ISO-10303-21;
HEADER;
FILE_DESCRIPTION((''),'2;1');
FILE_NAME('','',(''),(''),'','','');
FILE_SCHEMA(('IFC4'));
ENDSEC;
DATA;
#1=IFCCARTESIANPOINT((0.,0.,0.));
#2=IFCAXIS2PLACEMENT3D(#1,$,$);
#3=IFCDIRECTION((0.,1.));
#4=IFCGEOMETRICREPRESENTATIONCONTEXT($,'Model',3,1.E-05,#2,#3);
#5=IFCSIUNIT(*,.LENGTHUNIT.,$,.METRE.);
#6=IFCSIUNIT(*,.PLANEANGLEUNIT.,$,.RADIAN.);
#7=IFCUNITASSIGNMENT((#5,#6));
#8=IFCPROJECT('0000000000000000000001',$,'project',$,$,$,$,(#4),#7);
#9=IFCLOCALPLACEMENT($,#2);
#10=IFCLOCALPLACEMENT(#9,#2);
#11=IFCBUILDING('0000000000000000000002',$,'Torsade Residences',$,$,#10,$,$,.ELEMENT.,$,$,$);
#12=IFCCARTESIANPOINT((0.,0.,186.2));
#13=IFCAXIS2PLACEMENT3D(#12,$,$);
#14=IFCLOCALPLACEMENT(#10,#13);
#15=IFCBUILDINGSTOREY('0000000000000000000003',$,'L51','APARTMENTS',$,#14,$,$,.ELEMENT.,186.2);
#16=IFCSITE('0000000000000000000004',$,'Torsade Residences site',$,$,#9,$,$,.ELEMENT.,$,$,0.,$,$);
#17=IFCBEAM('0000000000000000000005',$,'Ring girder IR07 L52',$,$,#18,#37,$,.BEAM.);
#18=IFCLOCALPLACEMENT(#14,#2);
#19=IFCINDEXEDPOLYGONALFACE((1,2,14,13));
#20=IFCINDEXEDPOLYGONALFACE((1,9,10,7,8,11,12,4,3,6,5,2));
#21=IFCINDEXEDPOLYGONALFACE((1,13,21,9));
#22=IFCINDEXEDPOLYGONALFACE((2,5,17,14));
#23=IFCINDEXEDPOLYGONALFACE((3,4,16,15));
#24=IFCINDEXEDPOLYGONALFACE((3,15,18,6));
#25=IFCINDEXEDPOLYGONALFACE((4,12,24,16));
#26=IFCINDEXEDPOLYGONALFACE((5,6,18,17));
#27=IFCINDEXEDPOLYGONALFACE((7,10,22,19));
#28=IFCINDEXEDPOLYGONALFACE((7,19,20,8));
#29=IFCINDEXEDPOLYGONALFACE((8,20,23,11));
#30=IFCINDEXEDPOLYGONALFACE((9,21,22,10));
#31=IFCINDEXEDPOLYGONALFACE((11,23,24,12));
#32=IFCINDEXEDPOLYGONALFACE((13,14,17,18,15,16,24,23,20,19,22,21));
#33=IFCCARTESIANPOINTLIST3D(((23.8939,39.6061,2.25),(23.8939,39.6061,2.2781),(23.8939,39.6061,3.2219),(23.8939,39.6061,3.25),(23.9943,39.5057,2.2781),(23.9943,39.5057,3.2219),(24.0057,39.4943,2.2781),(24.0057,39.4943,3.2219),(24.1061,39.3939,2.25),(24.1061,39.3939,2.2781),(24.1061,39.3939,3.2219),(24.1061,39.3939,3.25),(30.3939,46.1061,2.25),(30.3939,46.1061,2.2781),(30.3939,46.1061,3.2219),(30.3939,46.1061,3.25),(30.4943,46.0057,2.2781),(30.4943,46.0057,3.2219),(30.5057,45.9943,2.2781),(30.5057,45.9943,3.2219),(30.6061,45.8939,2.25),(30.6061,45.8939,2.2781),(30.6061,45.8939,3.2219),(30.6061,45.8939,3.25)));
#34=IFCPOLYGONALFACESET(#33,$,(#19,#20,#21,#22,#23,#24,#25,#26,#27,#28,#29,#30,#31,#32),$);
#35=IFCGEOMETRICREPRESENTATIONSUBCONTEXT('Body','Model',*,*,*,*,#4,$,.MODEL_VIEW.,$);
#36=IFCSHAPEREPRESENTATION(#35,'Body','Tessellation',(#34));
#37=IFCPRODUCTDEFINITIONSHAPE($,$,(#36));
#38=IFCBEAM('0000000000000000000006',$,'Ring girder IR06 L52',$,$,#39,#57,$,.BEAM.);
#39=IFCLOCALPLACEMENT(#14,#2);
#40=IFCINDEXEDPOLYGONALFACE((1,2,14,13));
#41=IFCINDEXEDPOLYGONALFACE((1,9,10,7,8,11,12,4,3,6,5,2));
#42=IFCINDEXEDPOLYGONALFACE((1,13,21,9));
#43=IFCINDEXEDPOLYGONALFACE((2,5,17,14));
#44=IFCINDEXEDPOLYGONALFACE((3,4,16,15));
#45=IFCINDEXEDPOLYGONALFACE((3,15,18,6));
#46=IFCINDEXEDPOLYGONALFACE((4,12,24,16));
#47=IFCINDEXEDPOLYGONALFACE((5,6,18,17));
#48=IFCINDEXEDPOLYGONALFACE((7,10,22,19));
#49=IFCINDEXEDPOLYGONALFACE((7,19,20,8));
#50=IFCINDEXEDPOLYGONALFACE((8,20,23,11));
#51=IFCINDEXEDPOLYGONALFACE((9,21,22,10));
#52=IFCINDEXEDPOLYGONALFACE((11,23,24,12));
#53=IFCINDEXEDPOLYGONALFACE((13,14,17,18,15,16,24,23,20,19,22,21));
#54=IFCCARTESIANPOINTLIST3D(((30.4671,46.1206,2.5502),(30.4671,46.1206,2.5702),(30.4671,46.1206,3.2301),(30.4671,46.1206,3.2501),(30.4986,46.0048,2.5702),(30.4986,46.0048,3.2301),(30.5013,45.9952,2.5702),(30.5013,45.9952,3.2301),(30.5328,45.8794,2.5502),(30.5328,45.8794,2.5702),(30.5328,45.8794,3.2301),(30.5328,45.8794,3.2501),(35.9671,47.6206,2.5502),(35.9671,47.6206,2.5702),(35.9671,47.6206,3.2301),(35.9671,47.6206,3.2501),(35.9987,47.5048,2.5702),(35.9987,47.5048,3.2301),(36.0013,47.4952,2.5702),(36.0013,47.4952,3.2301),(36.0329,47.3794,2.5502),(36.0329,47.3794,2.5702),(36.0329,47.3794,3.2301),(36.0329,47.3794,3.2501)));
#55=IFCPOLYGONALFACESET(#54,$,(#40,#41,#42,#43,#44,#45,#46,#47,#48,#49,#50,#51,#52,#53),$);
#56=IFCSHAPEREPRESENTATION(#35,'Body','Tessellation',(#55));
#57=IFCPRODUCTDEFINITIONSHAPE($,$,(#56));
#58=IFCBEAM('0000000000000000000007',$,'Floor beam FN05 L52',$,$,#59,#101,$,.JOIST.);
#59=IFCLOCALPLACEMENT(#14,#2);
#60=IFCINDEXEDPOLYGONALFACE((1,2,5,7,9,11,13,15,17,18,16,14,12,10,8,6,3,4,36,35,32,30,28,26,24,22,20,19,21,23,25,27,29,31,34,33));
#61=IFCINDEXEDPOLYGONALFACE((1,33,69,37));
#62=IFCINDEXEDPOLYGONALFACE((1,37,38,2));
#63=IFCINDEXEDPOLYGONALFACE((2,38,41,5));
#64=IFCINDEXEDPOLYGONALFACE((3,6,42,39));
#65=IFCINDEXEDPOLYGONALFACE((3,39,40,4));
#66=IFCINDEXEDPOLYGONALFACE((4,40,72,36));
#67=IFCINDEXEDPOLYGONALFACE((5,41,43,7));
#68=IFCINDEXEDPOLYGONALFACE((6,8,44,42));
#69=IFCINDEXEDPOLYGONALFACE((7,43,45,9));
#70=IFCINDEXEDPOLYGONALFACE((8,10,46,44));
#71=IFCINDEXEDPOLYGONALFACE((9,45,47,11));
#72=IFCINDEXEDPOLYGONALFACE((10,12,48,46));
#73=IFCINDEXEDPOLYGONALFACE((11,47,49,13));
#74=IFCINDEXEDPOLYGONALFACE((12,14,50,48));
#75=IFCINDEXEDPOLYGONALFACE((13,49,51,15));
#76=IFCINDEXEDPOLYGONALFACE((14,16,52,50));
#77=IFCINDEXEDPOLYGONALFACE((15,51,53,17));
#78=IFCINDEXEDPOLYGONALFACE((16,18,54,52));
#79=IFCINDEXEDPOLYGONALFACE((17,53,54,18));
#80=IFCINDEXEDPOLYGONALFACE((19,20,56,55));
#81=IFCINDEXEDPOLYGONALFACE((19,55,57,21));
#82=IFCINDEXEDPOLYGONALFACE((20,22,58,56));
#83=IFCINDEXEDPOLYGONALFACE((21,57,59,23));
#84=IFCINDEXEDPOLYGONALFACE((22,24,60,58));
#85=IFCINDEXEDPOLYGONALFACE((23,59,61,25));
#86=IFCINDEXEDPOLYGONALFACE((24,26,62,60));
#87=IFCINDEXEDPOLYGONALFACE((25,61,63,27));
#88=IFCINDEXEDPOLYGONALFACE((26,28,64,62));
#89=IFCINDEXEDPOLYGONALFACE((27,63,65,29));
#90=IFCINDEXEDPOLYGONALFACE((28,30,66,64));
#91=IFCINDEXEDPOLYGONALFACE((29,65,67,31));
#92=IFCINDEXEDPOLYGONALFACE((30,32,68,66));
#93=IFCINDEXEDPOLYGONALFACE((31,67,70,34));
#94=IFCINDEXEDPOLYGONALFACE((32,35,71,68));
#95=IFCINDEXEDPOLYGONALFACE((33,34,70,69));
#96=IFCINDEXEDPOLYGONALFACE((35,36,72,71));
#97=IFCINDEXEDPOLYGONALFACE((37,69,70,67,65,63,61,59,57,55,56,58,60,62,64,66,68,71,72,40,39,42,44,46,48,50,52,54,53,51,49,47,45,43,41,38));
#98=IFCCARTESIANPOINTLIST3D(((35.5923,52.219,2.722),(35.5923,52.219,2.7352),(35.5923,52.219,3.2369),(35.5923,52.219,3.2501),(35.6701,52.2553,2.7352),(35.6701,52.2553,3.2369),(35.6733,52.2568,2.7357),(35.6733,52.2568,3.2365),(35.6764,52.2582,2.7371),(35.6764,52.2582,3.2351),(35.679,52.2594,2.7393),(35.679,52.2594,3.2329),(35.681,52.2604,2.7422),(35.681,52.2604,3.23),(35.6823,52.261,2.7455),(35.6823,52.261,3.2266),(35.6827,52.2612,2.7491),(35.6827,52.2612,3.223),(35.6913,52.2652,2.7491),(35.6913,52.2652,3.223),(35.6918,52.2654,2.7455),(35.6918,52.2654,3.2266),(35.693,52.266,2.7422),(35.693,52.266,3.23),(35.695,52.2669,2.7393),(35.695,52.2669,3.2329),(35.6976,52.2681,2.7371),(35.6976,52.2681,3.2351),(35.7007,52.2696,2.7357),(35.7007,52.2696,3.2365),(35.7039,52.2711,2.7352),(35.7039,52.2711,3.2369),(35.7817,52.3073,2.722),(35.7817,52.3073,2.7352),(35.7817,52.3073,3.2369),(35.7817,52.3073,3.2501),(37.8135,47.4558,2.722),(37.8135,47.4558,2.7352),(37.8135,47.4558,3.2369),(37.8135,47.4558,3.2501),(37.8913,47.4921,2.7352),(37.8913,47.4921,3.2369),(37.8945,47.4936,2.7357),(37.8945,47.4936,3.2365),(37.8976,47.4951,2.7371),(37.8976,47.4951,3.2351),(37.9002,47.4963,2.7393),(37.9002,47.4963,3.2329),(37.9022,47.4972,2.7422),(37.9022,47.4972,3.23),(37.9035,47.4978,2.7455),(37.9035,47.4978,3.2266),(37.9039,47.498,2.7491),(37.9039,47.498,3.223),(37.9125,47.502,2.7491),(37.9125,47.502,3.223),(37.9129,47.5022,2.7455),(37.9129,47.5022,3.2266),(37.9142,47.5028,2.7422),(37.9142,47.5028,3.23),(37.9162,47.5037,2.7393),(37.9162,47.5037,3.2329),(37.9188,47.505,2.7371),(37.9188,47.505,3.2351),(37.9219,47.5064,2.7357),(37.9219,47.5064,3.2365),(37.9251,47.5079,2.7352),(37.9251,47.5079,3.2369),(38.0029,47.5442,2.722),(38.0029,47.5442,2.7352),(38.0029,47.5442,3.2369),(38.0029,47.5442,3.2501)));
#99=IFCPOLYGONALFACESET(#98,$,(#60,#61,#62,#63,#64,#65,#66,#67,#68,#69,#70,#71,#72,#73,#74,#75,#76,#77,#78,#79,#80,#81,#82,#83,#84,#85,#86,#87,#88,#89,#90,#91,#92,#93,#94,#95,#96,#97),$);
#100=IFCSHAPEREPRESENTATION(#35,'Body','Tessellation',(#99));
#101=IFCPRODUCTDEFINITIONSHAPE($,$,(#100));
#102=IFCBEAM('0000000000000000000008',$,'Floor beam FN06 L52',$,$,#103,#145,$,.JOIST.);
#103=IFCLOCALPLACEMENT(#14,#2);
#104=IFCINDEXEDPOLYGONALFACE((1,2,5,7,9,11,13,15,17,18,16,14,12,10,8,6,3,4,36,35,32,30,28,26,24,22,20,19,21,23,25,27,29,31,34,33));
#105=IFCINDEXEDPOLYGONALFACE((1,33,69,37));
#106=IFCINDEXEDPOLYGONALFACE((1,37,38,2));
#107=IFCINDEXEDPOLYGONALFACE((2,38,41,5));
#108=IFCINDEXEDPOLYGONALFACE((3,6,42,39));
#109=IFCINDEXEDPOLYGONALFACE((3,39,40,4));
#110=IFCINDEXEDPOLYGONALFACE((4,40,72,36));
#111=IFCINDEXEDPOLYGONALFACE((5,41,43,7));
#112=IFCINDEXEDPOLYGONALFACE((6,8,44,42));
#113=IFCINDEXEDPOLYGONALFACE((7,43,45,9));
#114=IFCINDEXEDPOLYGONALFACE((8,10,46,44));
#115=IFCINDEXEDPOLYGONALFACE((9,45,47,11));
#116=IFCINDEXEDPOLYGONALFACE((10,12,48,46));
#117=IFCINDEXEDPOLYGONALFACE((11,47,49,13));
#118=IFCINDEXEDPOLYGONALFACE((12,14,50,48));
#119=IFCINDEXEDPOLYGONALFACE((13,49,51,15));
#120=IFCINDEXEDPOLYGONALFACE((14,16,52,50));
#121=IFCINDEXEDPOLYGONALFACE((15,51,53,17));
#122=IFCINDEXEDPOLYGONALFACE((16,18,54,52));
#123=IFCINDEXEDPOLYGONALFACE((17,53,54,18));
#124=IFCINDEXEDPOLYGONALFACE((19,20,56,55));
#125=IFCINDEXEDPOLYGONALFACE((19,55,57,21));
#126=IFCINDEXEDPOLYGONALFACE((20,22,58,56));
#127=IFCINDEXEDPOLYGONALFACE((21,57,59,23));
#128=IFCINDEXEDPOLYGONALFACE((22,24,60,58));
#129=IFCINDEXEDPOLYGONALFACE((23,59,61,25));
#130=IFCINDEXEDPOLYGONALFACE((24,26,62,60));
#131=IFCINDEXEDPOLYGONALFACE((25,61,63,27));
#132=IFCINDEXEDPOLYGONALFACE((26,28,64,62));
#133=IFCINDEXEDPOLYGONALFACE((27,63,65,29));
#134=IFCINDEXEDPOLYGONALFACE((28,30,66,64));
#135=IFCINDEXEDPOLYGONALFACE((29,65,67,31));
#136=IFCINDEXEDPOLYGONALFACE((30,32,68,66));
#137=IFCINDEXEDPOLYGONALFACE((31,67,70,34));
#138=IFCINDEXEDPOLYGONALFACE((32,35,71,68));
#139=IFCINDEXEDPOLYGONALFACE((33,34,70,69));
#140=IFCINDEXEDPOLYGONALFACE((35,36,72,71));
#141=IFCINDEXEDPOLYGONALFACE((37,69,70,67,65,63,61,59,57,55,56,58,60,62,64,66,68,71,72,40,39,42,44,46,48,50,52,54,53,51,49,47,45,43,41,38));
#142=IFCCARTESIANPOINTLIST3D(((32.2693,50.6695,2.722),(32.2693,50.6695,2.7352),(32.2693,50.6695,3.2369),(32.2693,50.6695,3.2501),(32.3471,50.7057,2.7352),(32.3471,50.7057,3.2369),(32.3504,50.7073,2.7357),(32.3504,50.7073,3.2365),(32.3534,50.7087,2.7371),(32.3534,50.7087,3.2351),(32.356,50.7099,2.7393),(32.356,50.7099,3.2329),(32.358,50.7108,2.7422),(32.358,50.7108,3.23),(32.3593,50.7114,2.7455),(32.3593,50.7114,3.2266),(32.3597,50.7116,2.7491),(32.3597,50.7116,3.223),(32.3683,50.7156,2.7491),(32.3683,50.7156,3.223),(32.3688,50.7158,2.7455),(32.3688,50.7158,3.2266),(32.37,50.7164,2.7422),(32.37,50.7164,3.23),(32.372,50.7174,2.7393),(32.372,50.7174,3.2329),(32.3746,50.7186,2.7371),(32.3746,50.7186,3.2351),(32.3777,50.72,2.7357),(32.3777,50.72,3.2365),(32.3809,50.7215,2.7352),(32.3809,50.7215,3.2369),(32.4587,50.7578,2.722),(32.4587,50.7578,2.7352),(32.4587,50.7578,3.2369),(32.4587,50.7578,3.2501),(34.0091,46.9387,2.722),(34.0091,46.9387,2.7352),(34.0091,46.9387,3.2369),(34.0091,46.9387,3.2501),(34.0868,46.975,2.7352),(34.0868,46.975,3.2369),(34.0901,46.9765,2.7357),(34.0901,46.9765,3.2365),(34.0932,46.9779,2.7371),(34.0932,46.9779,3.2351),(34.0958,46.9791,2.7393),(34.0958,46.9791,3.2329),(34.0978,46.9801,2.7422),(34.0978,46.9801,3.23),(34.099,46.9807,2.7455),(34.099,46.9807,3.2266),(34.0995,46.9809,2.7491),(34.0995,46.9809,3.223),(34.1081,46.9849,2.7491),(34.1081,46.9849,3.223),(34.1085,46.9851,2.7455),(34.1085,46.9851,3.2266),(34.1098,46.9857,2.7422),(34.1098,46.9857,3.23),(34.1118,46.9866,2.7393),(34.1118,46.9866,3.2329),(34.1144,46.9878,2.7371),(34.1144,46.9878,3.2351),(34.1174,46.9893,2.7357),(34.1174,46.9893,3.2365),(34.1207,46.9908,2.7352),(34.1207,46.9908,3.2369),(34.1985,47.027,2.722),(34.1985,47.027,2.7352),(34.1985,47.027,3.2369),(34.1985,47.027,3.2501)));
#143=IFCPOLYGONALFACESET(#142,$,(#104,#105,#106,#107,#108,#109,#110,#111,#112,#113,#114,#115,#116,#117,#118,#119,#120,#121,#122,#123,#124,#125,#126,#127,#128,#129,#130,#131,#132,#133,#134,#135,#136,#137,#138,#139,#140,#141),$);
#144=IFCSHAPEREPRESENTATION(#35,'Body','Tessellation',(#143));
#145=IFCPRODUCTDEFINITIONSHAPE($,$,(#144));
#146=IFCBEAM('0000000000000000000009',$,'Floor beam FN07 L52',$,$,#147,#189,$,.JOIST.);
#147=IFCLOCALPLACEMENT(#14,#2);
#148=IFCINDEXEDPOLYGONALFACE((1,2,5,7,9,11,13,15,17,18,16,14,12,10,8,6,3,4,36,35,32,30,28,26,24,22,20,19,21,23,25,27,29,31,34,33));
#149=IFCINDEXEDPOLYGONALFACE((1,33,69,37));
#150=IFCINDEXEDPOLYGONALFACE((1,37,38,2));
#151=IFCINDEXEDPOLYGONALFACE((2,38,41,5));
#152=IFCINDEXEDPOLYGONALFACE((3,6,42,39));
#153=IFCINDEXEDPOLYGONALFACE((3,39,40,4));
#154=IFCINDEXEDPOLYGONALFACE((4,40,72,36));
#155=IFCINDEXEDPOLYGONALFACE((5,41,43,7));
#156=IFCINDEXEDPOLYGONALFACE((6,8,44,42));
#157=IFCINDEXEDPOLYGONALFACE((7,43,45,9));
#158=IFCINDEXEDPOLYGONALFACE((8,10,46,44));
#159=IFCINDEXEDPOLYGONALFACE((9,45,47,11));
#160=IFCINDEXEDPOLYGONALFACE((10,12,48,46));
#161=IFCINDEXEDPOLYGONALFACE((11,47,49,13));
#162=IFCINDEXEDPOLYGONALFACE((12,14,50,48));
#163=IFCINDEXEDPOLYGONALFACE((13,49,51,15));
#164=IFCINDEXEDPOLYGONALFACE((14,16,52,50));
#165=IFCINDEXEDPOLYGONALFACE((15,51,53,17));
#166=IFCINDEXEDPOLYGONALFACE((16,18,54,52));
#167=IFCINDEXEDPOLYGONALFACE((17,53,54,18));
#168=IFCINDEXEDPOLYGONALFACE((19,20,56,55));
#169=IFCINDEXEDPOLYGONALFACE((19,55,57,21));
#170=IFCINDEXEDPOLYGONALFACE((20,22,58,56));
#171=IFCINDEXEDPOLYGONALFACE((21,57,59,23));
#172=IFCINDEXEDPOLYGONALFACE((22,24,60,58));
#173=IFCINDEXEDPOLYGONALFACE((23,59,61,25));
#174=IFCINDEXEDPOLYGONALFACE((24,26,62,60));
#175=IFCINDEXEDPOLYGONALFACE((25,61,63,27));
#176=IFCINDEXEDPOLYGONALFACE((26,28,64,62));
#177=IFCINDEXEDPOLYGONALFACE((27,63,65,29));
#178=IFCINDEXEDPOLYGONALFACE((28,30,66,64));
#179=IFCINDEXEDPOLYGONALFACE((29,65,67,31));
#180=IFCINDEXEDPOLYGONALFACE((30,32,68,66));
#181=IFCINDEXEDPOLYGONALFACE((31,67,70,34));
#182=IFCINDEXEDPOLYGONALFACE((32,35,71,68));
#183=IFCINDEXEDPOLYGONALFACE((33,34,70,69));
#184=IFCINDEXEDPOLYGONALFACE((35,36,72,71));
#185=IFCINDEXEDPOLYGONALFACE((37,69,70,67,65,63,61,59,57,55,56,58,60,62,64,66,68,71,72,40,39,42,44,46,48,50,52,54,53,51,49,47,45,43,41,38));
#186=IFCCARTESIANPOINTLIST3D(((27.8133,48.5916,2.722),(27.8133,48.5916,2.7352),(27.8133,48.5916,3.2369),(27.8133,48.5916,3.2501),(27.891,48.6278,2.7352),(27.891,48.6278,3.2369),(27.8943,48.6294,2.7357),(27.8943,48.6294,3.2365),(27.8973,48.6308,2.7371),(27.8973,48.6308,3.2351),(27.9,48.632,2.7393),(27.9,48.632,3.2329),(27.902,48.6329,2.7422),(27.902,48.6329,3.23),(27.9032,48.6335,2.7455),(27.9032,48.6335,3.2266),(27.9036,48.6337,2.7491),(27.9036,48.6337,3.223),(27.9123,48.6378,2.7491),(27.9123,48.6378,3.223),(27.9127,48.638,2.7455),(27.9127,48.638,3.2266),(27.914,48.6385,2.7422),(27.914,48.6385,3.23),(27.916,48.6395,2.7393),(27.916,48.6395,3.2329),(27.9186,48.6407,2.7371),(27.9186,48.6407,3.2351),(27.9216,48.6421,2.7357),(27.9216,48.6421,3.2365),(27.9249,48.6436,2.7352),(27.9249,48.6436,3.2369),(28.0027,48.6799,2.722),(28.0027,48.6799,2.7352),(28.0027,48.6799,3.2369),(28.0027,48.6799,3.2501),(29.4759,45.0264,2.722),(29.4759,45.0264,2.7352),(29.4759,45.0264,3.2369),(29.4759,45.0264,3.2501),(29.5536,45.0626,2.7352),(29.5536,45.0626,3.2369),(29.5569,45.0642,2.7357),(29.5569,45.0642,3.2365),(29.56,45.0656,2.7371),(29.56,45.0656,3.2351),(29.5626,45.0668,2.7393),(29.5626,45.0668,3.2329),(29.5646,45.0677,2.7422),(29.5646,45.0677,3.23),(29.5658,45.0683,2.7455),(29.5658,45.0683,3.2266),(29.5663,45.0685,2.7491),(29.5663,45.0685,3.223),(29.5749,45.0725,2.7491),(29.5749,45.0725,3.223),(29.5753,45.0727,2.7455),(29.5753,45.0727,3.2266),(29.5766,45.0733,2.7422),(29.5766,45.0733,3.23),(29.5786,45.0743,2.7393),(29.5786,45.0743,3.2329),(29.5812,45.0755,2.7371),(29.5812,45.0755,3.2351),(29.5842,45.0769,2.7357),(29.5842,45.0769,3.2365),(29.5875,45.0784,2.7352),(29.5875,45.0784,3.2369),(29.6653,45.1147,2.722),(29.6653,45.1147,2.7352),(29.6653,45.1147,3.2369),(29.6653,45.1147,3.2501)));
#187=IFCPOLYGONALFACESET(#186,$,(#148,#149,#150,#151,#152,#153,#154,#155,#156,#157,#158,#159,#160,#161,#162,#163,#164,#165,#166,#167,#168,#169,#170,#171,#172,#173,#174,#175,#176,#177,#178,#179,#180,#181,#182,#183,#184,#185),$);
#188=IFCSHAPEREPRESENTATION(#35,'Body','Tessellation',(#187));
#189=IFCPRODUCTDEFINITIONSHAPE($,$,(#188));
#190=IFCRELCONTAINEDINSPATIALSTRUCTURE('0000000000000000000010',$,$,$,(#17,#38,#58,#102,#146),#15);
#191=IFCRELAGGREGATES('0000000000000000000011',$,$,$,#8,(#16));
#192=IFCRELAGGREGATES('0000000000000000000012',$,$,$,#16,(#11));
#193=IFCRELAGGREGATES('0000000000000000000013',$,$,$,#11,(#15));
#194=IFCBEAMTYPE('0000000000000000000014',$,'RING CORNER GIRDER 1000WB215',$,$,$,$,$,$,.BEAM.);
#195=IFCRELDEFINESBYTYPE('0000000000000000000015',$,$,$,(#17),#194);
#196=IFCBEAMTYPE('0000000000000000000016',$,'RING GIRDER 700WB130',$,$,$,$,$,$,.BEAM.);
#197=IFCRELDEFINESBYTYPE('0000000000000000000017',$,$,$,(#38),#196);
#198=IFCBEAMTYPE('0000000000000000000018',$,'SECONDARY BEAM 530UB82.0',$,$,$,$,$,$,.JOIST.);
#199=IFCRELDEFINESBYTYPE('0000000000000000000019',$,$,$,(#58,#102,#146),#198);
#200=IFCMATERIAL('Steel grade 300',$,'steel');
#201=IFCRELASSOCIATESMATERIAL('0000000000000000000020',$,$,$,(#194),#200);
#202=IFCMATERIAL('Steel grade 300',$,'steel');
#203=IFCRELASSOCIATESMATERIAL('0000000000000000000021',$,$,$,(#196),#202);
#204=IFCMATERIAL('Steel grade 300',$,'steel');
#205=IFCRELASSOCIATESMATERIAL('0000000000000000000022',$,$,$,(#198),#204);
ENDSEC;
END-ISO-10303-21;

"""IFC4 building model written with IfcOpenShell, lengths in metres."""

from ifc_helpers import new_model, si_unit, direction, frame, origin, origin_2d, place, context, subcontext, project, spatial, i_section, extrude, material, material_profile, profile_set, type_object, element, save


model = new_model("IFC4")

# Units and contexts
model_context = context("Model", 3, precision=1e-05, world=origin(), true_north=direction((0.0, 1.0)))
body_context = subcontext(model_context, "Body", "Model", "MODEL_VIEW")
ifc_project = project(units=[si_unit("LENGTHUNIT", "METRE"), si_unit("PLANEANGLEUNIT", "RADIAN")], contexts=[model_context])

# Site, building, storey
site_placement = place(None, origin())
site = spatial("IfcSite", under=ifc_project, at=site_placement, Name="Torsade Residences site", CompositionType="ELEMENT", RefElevation=0.0)
building_placement = place(site_placement, origin())
building = spatial("IfcBuilding", under=site, at=building_placement, Name="Torsade Residences", CompositionType="ELEMENT")
storey_placement = place(building_placement, frame((0.0, 0.0, 186.2)))
storey = spatial("IfcBuildingStorey", under=building, at=storey_placement, Name="L51", Description="APARTMENTS", CompositionType="ELEMENT", Elevation=186.2)

# Beams
ifc_material_1 = material(Name="Steel grade 300", Category="steel")
ifc_material_profile_1 = material_profile(ifc_material_1, i_section(OverallWidth=0.3, OverallDepth=1.0, WebThickness=0.0161, FlangeThickness=0.0281, at=origin_2d()), Name="1000WB215")
ifc_profile_set_1 = profile_set([ifc_material_profile_1], Name="Steel grade 300")
beam_type_1 = type_object("IfcBeamType", Name="RING CORNER GIRDER 1000WB215", PredefinedType="BEAM", material=ifc_profile_set_1)
beam_1_placement = place(storey_placement, frame((30.5, 46.0, 2.75), z_axis=(-0.707107, -0.707107, 0.0), x_axis=(0.707107, -0.707107, 0.0)))
element("IfcBeam", 1, at=beam_1_placement, inside=storey, type_object=beam_type_1, Name="Ring girder IR07 L52", PredefinedType="BEAM", context=body_context, shape_type="SweptSolid", body=[
    extrude(i_section(OverallWidth=0.3, OverallDepth=1.0, WebThickness=0.0161, FlangeThickness=0.0281, at=origin_2d()), origin(), (0.0, 0.0, 1.0), 9.1924),
])
ifc_material_2 = material(Name="Steel grade 300", Category="steel")
ifc_material_profile_2 = material_profile(ifc_material_2, i_section(OverallWidth=0.25, OverallDepth=0.7, WebThickness=0.01, FlangeThickness=0.02, at=origin_2d()), Name="700WB130")
ifc_profile_set_2 = profile_set([ifc_material_profile_2], Name="Steel grade 300")
beam_type_2 = type_object("IfcBeamType", Name="RING GIRDER 700WB130", PredefinedType="BEAM", material=ifc_profile_set_2)
beam_2_placement = place(storey_placement, frame((36.0, 47.5, 2.9001), z_axis=(-0.964764, -0.263117, 0.0), x_axis=(0.263117, -0.964764, 0.0)))
element("IfcBeam", 2, at=beam_2_placement, inside=storey, type_object=beam_type_2, Name="Ring girder IR06 L52", PredefinedType="BEAM", context=body_context, shape_type="SweptSolid", body=[
    extrude(i_section(OverallWidth=0.25, OverallDepth=0.7, WebThickness=0.01, FlangeThickness=0.02, at=origin_2d()), origin(), (0.0, 0.0, 1.0), 5.7009),
])
ifc_material_3 = material(Name="Steel grade 300", Category="steel")
ifc_material_profile_3 = material_profile(ifc_material_3, i_section(OverallWidth=0.209, OverallDepth=0.5281, WebThickness=0.0095, FlangeThickness=0.0132, FilletRadius=0.0139, at=origin_2d()), Name="530UB82.0")
ifc_profile_set_3 = profile_set([ifc_material_profile_3], Name="Steel grade 300")
beam_type_3 = type_object("IfcBeamType", Name="SECONDARY BEAM 530UB82.0", PredefinedType="JOIST", material=ifc_profile_set_3)
beam_3_placement = place(storey_placement, frame((35.687, 52.2632, 2.9861), z_axis=(0.422631, -0.906302, 0.0), x_axis=(0.906302, 0.422631, 0.0)))
element("IfcBeam", 3, at=beam_3_placement, inside=storey, type_object=beam_type_3, Name="Floor beam FN05 L52", PredefinedType="JOIST", context=body_context, shape_type="SweptSolid", body=[
    extrude(i_section(OverallWidth=0.209, OverallDepth=0.5281, WebThickness=0.0095, FlangeThickness=0.0132, FilletRadius=0.0139, at=origin_2d()), origin(), (0.0, 0.0, 1.0), 5.2556),
])
beam_4_placement = place(storey_placement, frame((32.364, 50.7136, 2.9861), z_axis=(0.422635, -0.9063, 0.0), x_axis=(0.9063, 0.422635, 0.0)))
element("IfcBeam", 4, at=beam_4_placement, inside=storey, type_object=beam_type_3, Name="Floor beam FN06 L52", PredefinedType="JOIST", context=body_context, shape_type="SweptSolid", body=[
    extrude(i_section(OverallWidth=0.209, OverallDepth=0.5281, WebThickness=0.0095, FlangeThickness=0.0132, FilletRadius=0.0139, at=origin_2d()), origin(), (0.0, 0.0, 1.0), 4.1165),
])
beam_5_placement = place(storey_placement, frame((27.908, 48.6357, 2.9861), z_axis=(0.422644, -0.906296, 0.0), x_axis=(0.906296, 0.422644, 0.0)))
element("IfcBeam", 5, at=beam_5_placement, inside=storey, type_object=beam_type_3, Name="Floor beam FN07 L52", PredefinedType="JOIST", context=body_context, shape_type="SweptSolid", body=[
    extrude(i_section(OverallWidth=0.209, OverallDepth=0.5281, WebThickness=0.0095, FlangeThickness=0.0132, FilletRadius=0.0139, at=origin_2d()), origin(), (0.0, 0.0, 1.0), 3.9338),
])

save(model, "model.ifc")
